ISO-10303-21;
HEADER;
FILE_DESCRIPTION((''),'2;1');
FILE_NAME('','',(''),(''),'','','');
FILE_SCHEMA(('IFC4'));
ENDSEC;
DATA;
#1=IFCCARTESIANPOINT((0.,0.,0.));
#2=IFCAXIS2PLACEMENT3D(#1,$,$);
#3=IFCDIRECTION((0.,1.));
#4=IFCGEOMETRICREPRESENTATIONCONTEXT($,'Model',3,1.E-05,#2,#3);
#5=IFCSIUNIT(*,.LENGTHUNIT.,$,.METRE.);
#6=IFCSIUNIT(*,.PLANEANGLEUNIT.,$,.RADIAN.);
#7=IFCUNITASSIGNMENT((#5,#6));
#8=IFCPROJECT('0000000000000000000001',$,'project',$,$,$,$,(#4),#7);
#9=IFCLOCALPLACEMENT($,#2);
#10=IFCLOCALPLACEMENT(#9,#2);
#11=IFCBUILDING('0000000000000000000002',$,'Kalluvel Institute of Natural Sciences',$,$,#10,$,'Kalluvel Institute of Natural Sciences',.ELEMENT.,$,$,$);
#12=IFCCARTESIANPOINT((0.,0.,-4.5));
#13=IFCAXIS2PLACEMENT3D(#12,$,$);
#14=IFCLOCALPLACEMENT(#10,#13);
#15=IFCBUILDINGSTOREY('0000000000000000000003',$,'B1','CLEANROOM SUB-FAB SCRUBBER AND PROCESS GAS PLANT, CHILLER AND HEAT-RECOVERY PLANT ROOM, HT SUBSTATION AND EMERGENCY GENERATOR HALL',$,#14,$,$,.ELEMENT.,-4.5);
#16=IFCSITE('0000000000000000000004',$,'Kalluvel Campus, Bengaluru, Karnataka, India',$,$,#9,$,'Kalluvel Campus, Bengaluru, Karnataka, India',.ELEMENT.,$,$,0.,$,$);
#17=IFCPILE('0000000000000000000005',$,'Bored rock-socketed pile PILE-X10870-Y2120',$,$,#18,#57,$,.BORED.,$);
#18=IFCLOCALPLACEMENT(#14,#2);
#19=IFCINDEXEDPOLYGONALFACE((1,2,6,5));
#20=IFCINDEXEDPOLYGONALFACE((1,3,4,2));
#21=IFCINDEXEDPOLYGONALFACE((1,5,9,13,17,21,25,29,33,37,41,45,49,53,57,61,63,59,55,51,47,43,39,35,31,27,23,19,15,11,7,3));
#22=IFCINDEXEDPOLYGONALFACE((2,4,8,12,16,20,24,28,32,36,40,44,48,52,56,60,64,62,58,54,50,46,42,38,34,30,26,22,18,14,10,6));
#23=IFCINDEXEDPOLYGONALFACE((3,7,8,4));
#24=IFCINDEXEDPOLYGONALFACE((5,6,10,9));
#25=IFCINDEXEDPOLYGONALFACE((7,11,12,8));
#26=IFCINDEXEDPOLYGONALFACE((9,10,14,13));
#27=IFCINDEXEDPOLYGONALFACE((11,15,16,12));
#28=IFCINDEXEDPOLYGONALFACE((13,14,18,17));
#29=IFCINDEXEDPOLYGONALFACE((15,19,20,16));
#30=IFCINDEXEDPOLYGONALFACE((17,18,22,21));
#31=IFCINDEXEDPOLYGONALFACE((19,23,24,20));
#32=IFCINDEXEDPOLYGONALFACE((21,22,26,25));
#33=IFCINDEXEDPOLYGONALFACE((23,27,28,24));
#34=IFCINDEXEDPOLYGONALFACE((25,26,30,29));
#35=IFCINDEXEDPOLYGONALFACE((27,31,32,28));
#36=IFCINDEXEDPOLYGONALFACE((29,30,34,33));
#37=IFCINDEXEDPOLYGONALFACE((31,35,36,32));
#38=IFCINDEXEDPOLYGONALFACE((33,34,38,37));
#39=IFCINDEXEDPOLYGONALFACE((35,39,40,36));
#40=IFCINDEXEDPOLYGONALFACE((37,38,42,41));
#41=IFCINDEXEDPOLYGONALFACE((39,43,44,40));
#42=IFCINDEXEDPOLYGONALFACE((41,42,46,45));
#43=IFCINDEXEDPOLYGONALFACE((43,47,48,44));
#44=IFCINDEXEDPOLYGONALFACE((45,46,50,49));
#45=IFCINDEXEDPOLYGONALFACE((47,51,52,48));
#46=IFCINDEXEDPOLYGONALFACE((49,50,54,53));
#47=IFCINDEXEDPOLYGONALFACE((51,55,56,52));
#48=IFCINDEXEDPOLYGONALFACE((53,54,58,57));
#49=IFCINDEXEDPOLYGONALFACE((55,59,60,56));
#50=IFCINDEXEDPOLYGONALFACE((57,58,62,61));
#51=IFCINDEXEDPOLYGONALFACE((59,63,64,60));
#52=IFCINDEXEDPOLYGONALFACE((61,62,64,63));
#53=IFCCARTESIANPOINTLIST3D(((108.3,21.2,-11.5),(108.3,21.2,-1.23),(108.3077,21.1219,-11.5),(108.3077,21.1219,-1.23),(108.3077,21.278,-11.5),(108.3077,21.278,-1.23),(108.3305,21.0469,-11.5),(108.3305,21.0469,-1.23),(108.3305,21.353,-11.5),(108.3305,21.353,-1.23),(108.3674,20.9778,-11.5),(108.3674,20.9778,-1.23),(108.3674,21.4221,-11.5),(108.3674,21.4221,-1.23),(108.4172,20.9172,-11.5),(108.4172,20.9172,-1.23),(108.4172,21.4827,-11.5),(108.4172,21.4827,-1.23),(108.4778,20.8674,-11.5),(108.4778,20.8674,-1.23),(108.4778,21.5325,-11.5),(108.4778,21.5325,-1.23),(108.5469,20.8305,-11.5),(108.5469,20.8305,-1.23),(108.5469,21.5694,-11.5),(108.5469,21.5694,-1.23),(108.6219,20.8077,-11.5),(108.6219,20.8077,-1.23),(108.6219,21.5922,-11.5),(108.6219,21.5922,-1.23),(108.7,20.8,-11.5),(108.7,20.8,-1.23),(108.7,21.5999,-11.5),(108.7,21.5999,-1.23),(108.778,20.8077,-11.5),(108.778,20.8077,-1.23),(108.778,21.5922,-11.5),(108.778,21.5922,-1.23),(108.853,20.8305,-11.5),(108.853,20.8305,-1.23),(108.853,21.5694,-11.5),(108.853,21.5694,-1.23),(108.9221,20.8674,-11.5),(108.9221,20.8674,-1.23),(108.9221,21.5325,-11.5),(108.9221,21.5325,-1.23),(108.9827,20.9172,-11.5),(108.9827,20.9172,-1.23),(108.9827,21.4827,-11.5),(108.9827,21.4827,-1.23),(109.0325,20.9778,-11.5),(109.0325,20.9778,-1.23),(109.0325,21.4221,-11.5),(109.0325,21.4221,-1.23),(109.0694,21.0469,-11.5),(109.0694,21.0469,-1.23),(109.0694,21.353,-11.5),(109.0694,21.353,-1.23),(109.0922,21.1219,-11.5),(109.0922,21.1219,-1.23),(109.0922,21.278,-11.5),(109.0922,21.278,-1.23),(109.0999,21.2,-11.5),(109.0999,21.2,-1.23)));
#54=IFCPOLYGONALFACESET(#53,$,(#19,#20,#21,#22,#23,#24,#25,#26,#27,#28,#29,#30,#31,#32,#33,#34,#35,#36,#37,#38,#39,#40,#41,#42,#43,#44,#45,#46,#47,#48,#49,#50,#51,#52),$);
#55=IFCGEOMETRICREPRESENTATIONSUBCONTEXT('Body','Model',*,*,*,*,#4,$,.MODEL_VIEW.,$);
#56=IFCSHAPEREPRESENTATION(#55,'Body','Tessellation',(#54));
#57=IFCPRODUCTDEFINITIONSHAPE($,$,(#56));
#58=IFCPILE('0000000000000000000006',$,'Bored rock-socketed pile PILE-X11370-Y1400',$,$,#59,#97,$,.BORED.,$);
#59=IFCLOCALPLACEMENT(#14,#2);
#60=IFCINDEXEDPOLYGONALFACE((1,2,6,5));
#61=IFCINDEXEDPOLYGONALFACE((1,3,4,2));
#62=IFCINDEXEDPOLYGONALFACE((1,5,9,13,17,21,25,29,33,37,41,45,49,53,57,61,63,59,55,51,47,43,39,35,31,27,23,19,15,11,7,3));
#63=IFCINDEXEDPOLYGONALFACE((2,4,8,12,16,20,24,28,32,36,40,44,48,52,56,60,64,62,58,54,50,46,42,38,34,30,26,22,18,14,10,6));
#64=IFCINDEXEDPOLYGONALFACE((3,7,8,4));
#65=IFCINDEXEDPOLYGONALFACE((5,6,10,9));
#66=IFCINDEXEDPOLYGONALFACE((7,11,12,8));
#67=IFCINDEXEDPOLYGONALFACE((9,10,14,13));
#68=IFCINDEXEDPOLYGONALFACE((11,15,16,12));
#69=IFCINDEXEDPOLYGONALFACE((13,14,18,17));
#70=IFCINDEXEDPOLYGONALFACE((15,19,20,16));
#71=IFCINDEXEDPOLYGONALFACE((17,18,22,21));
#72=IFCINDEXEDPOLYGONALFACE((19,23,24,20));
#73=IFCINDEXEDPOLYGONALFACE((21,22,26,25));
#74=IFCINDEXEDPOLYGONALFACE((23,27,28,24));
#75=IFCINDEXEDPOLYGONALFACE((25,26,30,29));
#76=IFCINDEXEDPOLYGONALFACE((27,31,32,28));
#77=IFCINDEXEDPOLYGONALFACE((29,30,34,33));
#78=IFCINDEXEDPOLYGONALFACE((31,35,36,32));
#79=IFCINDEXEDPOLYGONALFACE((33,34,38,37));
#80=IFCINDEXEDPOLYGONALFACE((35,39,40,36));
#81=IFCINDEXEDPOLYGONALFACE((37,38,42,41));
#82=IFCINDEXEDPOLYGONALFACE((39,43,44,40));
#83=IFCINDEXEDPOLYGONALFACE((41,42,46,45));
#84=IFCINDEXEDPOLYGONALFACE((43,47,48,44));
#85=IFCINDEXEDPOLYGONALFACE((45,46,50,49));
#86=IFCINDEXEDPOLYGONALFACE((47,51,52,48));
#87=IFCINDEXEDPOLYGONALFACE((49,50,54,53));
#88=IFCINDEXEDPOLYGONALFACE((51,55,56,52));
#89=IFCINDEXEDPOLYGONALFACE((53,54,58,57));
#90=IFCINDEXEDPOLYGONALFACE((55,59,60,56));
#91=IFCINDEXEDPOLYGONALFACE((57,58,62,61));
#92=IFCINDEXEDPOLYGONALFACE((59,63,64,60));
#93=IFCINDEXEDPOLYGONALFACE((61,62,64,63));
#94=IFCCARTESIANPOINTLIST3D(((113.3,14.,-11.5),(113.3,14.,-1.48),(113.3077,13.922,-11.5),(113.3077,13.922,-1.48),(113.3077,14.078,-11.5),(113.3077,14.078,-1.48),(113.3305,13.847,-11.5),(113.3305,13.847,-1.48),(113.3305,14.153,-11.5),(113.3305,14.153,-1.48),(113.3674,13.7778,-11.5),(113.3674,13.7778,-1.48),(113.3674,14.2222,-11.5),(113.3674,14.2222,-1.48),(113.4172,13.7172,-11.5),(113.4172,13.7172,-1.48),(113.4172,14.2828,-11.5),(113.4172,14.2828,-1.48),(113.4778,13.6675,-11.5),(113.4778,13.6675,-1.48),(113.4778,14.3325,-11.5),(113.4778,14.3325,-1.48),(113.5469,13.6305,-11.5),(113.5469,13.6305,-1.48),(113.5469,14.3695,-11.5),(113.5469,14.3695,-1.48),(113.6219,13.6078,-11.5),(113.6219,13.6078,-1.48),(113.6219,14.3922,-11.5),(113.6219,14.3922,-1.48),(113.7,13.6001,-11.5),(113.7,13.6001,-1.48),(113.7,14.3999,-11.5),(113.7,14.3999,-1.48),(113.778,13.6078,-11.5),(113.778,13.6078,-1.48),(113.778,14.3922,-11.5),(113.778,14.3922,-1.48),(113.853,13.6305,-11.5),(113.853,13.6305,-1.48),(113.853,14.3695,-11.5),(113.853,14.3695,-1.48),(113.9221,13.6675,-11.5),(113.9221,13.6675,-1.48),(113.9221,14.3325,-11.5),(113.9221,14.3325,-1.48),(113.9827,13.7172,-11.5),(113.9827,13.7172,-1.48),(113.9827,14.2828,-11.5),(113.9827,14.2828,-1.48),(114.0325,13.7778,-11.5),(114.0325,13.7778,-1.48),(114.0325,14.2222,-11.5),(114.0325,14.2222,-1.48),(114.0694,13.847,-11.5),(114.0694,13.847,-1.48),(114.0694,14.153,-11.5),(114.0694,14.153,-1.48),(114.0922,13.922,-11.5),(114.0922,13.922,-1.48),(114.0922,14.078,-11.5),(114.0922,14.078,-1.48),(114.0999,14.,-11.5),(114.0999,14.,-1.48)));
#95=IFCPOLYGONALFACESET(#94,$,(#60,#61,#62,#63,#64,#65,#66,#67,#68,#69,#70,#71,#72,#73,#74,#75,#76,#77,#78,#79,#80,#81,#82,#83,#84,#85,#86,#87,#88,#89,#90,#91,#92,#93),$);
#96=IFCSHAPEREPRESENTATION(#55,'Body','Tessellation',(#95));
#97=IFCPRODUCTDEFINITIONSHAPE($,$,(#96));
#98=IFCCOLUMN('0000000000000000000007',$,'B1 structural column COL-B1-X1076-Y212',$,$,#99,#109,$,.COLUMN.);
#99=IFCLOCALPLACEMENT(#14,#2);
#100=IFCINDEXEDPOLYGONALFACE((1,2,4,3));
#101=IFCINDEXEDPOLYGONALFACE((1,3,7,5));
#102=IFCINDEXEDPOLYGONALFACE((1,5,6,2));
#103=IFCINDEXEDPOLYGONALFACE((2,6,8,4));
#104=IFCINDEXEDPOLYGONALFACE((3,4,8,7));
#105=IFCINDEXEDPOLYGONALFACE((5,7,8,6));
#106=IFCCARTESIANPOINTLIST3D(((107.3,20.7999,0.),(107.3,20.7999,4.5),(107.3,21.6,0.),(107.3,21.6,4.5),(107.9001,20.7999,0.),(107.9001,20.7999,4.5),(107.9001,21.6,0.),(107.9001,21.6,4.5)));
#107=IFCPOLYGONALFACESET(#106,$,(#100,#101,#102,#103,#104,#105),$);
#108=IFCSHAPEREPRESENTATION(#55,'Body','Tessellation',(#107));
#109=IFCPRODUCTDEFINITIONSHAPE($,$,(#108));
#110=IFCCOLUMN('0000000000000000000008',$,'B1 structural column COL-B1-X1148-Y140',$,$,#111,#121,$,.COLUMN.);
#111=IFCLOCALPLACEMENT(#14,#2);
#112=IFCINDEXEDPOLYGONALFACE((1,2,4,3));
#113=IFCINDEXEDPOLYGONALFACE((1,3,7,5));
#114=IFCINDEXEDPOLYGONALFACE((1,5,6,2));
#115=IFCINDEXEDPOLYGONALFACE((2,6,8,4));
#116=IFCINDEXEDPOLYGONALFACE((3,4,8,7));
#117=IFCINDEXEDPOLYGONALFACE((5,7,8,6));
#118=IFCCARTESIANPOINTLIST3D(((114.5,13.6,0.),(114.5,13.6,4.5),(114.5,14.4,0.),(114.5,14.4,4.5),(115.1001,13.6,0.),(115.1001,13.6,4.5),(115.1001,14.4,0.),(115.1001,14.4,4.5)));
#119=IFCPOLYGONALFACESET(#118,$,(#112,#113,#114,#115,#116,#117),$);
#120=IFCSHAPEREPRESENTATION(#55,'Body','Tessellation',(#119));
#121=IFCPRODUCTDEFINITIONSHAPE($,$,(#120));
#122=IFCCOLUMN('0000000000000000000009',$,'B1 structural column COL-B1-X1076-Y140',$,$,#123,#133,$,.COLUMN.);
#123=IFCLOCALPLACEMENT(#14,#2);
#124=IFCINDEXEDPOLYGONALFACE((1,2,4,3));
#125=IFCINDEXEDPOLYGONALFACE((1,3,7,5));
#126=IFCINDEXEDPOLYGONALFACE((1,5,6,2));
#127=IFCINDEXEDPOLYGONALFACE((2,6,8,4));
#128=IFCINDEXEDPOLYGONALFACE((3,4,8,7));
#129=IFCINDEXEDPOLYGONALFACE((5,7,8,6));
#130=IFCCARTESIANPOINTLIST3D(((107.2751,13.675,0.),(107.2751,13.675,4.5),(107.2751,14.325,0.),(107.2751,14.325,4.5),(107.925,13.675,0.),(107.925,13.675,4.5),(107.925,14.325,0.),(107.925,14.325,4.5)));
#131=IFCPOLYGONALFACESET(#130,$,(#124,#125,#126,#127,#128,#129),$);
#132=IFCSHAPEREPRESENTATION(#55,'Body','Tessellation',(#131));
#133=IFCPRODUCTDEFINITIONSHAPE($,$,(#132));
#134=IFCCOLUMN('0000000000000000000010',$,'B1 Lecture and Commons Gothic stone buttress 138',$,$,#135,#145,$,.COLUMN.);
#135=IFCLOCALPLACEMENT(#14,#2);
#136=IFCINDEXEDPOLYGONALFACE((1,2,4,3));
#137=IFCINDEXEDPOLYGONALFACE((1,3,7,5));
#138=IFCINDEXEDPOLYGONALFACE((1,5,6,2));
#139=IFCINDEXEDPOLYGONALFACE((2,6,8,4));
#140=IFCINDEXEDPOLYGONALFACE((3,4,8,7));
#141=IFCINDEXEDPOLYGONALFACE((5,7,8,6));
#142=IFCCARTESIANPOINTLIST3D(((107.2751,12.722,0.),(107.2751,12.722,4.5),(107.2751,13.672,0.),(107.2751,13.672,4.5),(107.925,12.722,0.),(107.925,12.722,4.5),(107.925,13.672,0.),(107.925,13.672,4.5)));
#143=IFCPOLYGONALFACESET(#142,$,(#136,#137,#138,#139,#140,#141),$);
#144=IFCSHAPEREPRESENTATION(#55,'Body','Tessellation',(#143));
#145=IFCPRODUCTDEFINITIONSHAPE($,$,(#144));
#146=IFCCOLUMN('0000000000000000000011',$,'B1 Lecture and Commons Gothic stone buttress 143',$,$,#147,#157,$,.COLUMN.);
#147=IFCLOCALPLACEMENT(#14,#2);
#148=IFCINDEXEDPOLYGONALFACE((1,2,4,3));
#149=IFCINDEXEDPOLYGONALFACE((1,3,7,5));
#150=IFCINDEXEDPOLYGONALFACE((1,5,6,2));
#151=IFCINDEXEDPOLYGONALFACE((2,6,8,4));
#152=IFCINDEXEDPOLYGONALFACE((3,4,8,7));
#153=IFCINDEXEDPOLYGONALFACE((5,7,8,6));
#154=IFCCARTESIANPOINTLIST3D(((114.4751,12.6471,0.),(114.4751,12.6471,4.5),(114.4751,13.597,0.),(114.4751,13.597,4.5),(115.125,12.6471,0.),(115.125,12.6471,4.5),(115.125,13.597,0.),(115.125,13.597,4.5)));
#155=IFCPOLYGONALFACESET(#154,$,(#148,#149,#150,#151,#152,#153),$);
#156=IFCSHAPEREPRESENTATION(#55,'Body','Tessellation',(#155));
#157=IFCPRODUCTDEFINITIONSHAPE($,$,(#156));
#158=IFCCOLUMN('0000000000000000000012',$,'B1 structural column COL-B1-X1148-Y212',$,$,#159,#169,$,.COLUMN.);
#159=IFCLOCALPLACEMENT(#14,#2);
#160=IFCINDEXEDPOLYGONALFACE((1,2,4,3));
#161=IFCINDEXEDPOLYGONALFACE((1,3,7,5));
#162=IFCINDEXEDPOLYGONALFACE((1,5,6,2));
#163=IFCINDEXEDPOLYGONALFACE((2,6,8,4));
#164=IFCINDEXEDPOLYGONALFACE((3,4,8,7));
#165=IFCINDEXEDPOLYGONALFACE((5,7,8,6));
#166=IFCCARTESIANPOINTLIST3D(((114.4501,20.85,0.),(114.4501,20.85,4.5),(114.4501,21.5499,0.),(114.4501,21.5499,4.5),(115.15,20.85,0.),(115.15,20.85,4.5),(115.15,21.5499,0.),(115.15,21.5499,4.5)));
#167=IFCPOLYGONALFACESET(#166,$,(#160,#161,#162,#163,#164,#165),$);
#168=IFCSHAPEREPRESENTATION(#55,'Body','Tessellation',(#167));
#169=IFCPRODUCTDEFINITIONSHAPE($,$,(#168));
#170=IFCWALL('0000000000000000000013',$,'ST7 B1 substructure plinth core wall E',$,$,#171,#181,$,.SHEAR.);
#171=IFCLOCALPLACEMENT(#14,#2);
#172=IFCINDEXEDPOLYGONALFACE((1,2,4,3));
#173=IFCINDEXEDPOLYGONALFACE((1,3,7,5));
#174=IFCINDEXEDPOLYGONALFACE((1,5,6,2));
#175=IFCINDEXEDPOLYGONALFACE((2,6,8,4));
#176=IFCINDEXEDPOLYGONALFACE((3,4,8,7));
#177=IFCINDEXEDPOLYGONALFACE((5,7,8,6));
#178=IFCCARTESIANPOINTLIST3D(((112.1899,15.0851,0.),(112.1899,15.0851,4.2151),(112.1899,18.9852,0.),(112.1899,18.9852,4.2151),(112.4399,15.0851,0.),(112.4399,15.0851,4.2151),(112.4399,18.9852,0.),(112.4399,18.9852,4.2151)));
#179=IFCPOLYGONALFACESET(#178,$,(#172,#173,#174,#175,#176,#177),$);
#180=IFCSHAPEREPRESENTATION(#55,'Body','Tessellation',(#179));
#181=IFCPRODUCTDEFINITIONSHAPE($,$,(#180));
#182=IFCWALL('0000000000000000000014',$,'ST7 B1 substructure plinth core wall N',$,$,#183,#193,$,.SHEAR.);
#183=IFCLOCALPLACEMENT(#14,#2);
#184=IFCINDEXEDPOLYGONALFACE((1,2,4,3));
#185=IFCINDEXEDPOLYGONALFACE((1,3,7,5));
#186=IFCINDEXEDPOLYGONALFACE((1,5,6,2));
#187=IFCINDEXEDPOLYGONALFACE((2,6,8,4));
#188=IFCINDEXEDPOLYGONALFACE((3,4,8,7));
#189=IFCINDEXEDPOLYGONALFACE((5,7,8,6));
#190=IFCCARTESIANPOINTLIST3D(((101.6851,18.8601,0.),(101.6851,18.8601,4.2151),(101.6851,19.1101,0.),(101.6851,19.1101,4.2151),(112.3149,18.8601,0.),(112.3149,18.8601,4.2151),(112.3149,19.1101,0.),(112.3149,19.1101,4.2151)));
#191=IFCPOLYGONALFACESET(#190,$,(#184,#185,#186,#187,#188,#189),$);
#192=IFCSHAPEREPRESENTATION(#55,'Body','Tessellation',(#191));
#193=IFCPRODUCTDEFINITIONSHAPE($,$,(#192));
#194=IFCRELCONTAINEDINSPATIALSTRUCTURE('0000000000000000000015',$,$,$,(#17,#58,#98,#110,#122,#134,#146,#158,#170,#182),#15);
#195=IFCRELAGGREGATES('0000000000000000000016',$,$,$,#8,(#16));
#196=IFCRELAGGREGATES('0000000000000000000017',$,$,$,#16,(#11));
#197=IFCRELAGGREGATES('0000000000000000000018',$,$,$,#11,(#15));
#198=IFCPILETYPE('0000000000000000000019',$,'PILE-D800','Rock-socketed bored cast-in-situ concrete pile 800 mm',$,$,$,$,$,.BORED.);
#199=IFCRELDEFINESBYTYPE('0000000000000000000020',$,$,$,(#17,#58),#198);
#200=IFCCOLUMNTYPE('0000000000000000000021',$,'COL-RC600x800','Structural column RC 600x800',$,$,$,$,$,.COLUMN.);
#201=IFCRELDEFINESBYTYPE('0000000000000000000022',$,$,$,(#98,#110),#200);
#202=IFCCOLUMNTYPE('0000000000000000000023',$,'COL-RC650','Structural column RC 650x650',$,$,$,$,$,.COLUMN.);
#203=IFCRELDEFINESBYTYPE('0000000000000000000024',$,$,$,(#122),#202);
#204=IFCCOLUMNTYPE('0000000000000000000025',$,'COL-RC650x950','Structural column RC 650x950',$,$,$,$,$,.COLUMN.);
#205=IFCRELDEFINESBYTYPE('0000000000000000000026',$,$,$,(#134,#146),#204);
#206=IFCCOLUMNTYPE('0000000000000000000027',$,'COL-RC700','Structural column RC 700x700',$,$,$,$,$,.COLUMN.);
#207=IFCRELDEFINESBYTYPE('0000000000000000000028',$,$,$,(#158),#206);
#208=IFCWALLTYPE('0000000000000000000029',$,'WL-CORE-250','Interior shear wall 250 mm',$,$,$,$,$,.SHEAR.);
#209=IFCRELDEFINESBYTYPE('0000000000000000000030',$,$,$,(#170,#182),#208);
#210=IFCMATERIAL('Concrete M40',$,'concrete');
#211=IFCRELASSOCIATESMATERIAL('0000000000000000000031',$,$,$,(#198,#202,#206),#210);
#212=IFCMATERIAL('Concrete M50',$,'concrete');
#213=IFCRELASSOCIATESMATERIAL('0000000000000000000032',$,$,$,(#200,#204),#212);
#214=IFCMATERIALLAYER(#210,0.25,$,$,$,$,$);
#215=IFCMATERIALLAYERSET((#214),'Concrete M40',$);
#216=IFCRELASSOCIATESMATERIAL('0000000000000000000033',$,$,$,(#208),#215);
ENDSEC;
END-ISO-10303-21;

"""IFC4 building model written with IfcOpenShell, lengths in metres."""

from ifc_helpers import new_model, si_unit, direction, frame, frame_2d, origin, origin_2d, place, context, subcontext, project, spatial, rectangle, circle, extrude, material, layer, layer_set, material_profile, profile_set, type_object, element, save


model = new_model("IFC4")

# Units and contexts
model_context = context("Model", 3, precision=1e-05, world=origin(), true_north=direction((0.0, 1.0)))
body_context = subcontext(model_context, "Body", "Model", "MODEL_VIEW")
ifc_project = project(units=[si_unit("LENGTHUNIT", "METRE"), si_unit("PLANEANGLEUNIT", "RADIAN")], contexts=[model_context])

# Site, building, storey
site_placement = place(None, origin())
site = spatial("IfcSite", under=ifc_project, at=site_placement, Name="Kalluvel Campus, Bengaluru, Karnataka, India", LongName="Kalluvel Campus, Bengaluru, Karnataka, India", CompositionType="ELEMENT", RefElevation=0.0)
building_placement = place(site_placement, origin())
building = spatial("IfcBuilding", under=site, at=building_placement, Name="Kalluvel Institute of Natural Sciences", LongName="Kalluvel Institute of Natural Sciences", CompositionType="ELEMENT")
storey_placement = place(building_placement, frame((0.0, 0.0, -4.5)))
storey = spatial("IfcBuildingStorey", under=building, at=storey_placement, Name="B1", Description="CLEANROOM SUB-FAB SCRUBBER AND PROCESS GAS PLANT, CHILLER AND HEAT-RECOVERY PLANT ROOM, HT SUBSTATION AND EMERGENCY GENERATOR HALL", CompositionType="ELEMENT", Elevation=-4.5)

# Shared definitions
ifc_material_1 = material(Name="Concrete M40", Category="concrete")

# Piles
ifc_material_profile_1 = material_profile(ifc_material_1, circle(Radius=0.3999, at=origin_2d()), Name="PILE D800")
ifc_profile_set_1 = profile_set([ifc_material_profile_1], Name="Concrete M40")
pile_type_1 = type_object("IfcPileType", Name="PILE-D800", Description="Rock-socketed bored cast-in-situ concrete pile 800 mm", PredefinedType="BORED", material=ifc_profile_set_1)
for number, where, z_axis, x_axis, name in (
    (1, (108.7, 21.2, -1.23), (0.0, 0.0, -1.0), (1.0, 0.0, 0.0), "Bored rock-socketed pile PILE-X10870-Y2120"),
):
    element("IfcPile", number, at=place(storey_placement, frame(where, z_axis=z_axis, x_axis=x_axis)), inside=storey, type_object=pile_type_1, Name=name, PredefinedType="BORED", context=body_context, shape_type="SweptSolid", body=[
        extrude(circle(Radius=0.3999, at=origin_2d()), origin(), (0.0, 0.0, 1.0), 10.27),
    ])
pile_placement = place(storey_placement, frame((113.7, 14.0, -1.48), z_axis=(0.0, 0.0, -1.0), x_axis=(1.0, 0.0, 0.0)))
element("IfcPile", 2, at=pile_placement, inside=storey, type_object=pile_type_1, Name="Bored rock-socketed pile PILE-X11370-Y1400", PredefinedType="BORED", context=body_context, shape_type="SweptSolid", body=[
    extrude(circle(Radius=0.3999, at=origin_2d()), origin(), (0.0, 0.0, 1.0), 10.02),
])

# Columns
ifc_material_2 = material(Name="Concrete M50", Category="concrete")
ifc_material_profile_2 = material_profile(ifc_material_2, rectangle(XDim=0.6001, YDim=0.8, at=origin_2d()), Name="RC 600x800")
ifc_profile_set_2 = profile_set([ifc_material_profile_2], Name="Concrete M50")
column_type_1 = type_object("IfcColumnType", Name="COL-RC600x800", Description="Structural column RC 600x800", PredefinedType="COLUMN", material=ifc_profile_set_2)
for number, where, z_axis, x_axis, name in (
    (3, (107.6001, 21.2, 0.0), (0.0, 0.0, 1.0), (1.0, 0.0, 0.0), "B1 structural column COL-B1-X1076-Y212"),
    (4, (114.8, 14.0, 0.0), (0.0, 0.0, 1.0), (1.0, 0.0, 0.0), "B1 structural column COL-B1-X1148-Y140"),
):
    element("IfcColumn", number, at=place(storey_placement, frame(where, z_axis=z_axis, x_axis=x_axis)), inside=storey, type_object=column_type_1, Name=name, PredefinedType="COLUMN", context=body_context, shape_type="SweptSolid", body=[
        extrude(rectangle(XDim=0.6001, YDim=0.8, at=origin_2d()), origin(), (0.0, 0.0, 1.0), 4.5),
    ])
ifc_material_profile_3 = material_profile(ifc_material_1, rectangle(XDim=0.6499, YDim=0.6499, at=origin_2d()), Name="RC 650x650")
ifc_profile_set_3 = profile_set([ifc_material_profile_3], Name="Concrete M40")
column_type_2 = type_object("IfcColumnType", Name="COL-RC650", Description="Structural column RC 650x650", PredefinedType="COLUMN", material=ifc_profile_set_3)
column_1_placement = place(storey_placement, frame((107.6001, 14.0, 0.0), z_axis=(0.0, 0.0, 1.0), x_axis=(1.0, 0.0, 0.0)))
element("IfcColumn", 5, at=column_1_placement, inside=storey, type_object=column_type_2, Name="B1 structural column COL-B1-X1076-Y140", PredefinedType="COLUMN", context=body_context, shape_type="SweptSolid", body=[
    extrude(rectangle(XDim=0.6499, YDim=0.6499, at=origin_2d()), origin(), (0.0, 0.0, 1.0), 4.5),
])
ifc_material_profile_4 = material_profile(ifc_material_2, rectangle(XDim=0.6499, YDim=0.95, at=origin_2d()), Name="RC 650x950")
ifc_profile_set_4 = profile_set([ifc_material_profile_4], Name="Concrete M50")
column_type_3 = type_object("IfcColumnType", Name="COL-RC650x950", Description="Structural column RC 650x950", PredefinedType="COLUMN", material=ifc_profile_set_4)
for number, where, z_axis, x_axis, name in (
    (6, (107.6001, 13.197, 0.0), (0.0, 0.0, 1.0), (1.0, 0.0, 0.0), "B1 Lecture and Commons Gothic stone buttress 138"),
    (7, (114.8, 13.1221, 0.0), (0.0, 0.0, 1.0), (1.0, 0.0, 0.0), "B1 Lecture and Commons Gothic stone buttress 143"),
):
    element("IfcColumn", number, at=place(storey_placement, frame(where, z_axis=z_axis, x_axis=x_axis)), inside=storey, type_object=column_type_3, Name=name, PredefinedType="COLUMN", context=body_context, shape_type="SweptSolid", body=[
        extrude(rectangle(XDim=0.6499, YDim=0.95, at=origin_2d()), origin(), (0.0, 0.0, 1.0), 4.5),
    ])
ifc_material_profile_5 = material_profile(ifc_material_1, rectangle(XDim=0.7, YDim=0.7, at=origin_2d()), Name="RC 700x700")
ifc_profile_set_5 = profile_set([ifc_material_profile_5], Name="Concrete M40")
column_type_4 = type_object("IfcColumnType", Name="COL-RC700", Description="Structural column RC 700x700", PredefinedType="COLUMN", material=ifc_profile_set_5)
column_2_placement = place(storey_placement, frame((114.8, 21.2, 0.0), z_axis=(0.0, 0.0, 1.0), x_axis=(1.0, 0.0, 0.0)))
element("IfcColumn", 8, at=column_2_placement, inside=storey, type_object=column_type_4, Name="B1 structural column COL-B1-X1148-Y212", PredefinedType="COLUMN", context=body_context, shape_type="SweptSolid", body=[
    extrude(rectangle(XDim=0.7, YDim=0.7, at=origin_2d()), origin(), (0.0, 0.0, 1.0), 4.5),
])

# Walls
ifc_layer = layer(ifc_material_1, 0.25)
ifc_layer_set = layer_set([ifc_layer], Name="Concrete M40")
wall_type = type_object("IfcWallType", Name="WL-CORE-250", Description="Interior shear wall 250 mm", PredefinedType="SHEAR", material=ifc_layer_set)
wall_1_placement = place(storey_placement, frame((112.3149, 15.085, 0.0), z_axis=(0.0, 0.0, 1.0), x_axis=(0.0, 1.0, 0.0)))
element("IfcWall", 9, at=wall_1_placement, inside=storey, type_object=wall_type, Name="ST7 B1 substructure plinth core wall E", PredefinedType="SHEAR", context=body_context, shape_type="SweptSolid", body=[
    extrude(rectangle(XDim=3.9001, YDim=0.25, at=frame_2d((1.9502, 0.0))), origin(), (0.0, 0.0, 1.0), 4.2151),
])
wall_2_placement = place(storey_placement, frame((112.3149, 18.9851, 0.0), z_axis=(0.0, 0.0, 1.0), x_axis=(-1.0, 0.0, 0.0)))
element("IfcWall", 10, at=wall_2_placement, inside=storey, type_object=wall_type, Name="ST7 B1 substructure plinth core wall N", PredefinedType="SHEAR", context=body_context, shape_type="SweptSolid", body=[
    extrude(rectangle(XDim=10.6299, YDim=0.25, at=frame_2d((5.3149, 0.0))), origin(), (0.0, 0.0, 1.0), 4.2151),
])

save(model, "model.ifc")
